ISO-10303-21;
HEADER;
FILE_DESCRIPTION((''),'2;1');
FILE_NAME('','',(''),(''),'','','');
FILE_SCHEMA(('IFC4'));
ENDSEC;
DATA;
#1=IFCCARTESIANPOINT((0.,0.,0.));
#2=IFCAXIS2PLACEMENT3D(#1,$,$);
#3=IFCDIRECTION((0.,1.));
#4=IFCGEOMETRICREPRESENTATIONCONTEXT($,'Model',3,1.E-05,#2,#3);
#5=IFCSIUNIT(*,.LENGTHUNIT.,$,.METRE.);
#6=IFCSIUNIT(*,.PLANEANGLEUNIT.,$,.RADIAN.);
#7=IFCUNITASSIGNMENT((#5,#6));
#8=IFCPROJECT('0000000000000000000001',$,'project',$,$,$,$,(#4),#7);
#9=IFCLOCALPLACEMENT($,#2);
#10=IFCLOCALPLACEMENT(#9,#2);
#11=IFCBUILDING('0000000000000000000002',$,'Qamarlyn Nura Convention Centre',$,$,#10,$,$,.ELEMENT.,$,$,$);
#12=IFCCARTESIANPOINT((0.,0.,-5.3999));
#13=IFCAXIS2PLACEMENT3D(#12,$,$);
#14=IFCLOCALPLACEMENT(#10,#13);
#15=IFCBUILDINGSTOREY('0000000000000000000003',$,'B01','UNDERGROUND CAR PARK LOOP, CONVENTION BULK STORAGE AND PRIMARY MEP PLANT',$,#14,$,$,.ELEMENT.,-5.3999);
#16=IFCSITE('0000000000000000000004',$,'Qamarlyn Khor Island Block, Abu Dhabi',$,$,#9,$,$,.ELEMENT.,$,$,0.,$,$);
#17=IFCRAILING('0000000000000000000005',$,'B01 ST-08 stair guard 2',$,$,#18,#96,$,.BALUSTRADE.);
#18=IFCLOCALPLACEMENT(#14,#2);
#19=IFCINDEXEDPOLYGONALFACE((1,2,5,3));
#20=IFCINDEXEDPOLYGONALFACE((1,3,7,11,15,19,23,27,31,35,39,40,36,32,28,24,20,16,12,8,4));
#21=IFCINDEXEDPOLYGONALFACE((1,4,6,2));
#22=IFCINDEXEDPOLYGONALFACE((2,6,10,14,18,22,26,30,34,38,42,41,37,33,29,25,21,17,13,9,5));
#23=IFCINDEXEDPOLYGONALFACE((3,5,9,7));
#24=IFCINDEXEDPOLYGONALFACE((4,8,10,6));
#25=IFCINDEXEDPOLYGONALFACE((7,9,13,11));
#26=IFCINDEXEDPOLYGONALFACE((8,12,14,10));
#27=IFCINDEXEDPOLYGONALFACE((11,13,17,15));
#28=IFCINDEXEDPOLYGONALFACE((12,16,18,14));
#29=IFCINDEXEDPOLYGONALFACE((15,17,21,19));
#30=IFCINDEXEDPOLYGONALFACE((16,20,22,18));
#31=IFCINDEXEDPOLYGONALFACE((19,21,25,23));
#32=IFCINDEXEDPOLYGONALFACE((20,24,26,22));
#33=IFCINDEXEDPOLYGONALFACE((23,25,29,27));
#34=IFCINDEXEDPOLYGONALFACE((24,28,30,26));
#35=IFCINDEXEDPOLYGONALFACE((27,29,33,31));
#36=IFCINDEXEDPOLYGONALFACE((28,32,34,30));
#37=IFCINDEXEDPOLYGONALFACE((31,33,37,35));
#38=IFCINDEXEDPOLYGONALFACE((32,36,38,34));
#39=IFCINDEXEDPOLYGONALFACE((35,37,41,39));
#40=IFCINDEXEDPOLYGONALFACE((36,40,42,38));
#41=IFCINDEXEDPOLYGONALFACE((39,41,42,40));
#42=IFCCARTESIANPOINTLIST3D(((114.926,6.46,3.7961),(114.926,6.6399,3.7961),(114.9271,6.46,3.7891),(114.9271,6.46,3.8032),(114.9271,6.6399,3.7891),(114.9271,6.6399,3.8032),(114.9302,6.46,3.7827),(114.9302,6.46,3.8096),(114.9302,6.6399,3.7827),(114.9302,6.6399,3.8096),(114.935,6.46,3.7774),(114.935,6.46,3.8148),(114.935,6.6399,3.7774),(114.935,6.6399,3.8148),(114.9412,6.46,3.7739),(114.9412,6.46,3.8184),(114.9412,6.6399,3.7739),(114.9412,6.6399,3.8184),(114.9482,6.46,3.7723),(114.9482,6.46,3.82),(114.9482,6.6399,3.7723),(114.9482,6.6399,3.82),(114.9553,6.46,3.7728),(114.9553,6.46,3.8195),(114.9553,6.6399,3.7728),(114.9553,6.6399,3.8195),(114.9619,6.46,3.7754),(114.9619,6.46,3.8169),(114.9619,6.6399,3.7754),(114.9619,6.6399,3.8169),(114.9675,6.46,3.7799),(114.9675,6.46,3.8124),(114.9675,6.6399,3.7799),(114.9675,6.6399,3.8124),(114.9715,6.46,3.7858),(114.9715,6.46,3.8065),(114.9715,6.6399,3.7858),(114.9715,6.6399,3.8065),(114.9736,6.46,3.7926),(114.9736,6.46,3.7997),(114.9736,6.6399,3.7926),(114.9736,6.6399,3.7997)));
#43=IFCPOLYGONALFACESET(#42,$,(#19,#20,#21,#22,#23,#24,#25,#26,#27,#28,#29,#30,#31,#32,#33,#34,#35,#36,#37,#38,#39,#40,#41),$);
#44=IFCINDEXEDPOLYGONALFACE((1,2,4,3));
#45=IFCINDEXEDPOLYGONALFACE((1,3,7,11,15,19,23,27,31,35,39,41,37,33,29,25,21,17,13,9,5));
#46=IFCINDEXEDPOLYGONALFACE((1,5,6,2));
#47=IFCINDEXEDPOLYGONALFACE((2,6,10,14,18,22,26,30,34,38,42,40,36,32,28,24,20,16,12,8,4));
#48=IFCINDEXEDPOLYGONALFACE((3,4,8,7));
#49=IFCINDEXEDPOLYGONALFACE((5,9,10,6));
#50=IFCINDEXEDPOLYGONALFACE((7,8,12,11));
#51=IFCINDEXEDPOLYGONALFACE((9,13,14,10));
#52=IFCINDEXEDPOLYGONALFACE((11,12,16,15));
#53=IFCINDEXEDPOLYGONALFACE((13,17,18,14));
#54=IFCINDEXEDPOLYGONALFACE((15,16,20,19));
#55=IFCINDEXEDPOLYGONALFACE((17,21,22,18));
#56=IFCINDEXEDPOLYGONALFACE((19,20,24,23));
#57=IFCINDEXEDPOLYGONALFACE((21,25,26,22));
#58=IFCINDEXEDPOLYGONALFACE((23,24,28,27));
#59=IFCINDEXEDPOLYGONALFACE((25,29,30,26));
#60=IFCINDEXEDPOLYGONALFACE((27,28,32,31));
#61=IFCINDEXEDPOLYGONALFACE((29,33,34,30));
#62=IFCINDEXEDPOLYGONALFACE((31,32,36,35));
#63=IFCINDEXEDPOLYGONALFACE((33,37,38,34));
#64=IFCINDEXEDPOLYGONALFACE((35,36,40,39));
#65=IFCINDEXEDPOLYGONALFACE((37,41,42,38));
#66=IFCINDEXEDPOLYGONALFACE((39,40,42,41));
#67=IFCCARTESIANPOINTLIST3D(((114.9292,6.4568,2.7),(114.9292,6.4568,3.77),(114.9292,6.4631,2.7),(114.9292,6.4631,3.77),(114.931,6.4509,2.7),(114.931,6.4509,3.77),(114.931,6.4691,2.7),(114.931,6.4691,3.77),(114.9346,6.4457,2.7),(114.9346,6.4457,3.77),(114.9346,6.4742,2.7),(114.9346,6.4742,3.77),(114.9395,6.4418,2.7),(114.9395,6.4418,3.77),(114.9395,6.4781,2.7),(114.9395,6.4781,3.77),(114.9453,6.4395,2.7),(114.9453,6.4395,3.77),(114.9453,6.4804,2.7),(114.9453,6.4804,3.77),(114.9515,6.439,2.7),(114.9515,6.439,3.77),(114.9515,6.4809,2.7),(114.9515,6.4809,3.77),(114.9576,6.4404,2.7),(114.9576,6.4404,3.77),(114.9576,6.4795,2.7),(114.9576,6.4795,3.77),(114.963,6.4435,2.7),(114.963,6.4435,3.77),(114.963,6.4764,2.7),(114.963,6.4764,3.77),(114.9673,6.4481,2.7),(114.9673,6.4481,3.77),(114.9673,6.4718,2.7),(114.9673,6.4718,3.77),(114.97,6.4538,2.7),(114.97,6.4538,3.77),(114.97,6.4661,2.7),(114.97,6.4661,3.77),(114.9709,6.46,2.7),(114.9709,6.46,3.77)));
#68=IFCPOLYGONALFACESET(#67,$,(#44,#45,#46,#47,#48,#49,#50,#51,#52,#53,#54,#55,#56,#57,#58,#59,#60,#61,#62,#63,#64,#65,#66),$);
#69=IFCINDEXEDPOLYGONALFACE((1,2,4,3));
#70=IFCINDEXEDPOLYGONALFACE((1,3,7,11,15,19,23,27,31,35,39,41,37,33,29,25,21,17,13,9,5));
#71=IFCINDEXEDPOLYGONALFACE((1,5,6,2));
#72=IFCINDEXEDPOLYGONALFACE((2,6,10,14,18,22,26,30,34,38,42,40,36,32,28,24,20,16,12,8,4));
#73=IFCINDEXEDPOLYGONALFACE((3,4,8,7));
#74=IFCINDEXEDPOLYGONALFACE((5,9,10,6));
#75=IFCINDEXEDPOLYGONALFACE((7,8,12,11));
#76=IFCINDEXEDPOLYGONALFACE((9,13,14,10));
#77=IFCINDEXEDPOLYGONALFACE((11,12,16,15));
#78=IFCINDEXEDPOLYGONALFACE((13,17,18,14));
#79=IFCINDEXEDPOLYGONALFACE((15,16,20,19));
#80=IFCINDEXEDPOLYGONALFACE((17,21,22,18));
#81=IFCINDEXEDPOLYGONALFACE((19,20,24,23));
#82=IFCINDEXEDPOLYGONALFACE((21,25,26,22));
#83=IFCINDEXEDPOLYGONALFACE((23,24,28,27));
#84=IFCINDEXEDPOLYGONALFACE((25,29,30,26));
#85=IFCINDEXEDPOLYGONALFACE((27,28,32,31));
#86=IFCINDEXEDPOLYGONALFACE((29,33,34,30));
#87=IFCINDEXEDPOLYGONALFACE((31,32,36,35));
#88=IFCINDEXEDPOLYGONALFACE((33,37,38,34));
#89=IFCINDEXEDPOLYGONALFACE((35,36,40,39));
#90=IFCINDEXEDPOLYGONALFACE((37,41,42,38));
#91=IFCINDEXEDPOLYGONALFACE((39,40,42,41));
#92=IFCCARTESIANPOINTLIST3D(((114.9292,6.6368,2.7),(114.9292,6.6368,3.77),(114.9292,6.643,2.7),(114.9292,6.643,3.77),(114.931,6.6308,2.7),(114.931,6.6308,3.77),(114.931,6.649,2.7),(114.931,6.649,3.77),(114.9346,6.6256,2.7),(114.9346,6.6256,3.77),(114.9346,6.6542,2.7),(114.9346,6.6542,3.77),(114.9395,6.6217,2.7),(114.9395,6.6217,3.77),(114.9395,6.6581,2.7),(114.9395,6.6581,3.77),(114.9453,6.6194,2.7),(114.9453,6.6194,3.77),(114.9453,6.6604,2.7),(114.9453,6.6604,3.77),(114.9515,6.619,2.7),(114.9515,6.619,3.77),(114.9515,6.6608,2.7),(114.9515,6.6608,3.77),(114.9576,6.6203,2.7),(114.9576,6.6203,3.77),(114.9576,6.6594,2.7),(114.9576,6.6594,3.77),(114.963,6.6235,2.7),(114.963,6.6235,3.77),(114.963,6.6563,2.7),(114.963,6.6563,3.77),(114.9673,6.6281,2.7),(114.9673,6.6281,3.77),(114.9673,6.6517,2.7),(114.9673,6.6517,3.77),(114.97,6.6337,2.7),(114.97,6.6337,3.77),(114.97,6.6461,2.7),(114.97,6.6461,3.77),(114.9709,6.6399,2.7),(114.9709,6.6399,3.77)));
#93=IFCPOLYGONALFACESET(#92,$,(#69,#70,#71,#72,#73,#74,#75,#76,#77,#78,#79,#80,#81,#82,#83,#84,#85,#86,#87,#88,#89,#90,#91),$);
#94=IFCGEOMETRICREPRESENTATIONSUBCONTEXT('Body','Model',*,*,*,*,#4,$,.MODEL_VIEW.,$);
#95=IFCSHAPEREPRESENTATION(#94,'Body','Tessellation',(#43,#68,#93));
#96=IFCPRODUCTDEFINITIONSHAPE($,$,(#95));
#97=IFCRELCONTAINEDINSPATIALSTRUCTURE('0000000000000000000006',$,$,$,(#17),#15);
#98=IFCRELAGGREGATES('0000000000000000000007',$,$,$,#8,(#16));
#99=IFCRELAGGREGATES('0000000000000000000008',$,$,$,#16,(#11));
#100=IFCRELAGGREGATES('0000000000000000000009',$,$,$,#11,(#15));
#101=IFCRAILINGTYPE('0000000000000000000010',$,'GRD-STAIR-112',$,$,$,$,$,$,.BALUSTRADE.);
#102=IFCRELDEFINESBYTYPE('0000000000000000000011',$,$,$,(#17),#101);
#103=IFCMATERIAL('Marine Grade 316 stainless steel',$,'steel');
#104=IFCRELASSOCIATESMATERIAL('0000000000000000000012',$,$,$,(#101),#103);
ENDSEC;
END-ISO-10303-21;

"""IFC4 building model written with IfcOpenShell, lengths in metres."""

from ifc_helpers import new_model, si_unit, direction, frame, origin, origin_2d, place, context, subcontext, project, spatial, circle, extrude, material, type_object, element, save


model = new_model("IFC4")

# Units and contexts
model_context = context("Model", 3, precision=1e-05, world=origin(), true_north=direction((0.0, 1.0)))
body_context = subcontext(model_context, "Body", "Model", "MODEL_VIEW")
ifc_project = project(units=[si_unit("LENGTHUNIT", "METRE"), si_unit("PLANEANGLEUNIT", "RADIAN")], contexts=[model_context])

# Site, building, storey
site_placement = place(None, origin())
site = spatial("IfcSite", under=ifc_project, at=site_placement, Name="Qamarlyn Khor Island Block, Abu Dhabi", CompositionType="ELEMENT", RefElevation=0.0)
building_placement = place(site_placement, origin())
building = spatial("IfcBuilding", under=site, at=building_placement, Name="Qamarlyn Nura Convention Centre", CompositionType="ELEMENT")
storey_placement = place(building_placement, frame((0.0, 0.0, -5.3999)))
storey = spatial("IfcBuildingStorey", under=building, at=storey_placement, Name="B01", Description="UNDERGROUND CAR PARK LOOP, CONVENTION BULK STORAGE AND PRIMARY MEP PLANT", CompositionType="ELEMENT", Elevation=-5.3999)

# Railing
ifc_material_1 = material(Name="Marine Grade 316 stainless steel", Category="steel")
railing_type_1 = type_object("IfcRailingType", Name="GRD-STAIR-112", PredefinedType="BALUSTRADE", material=ifc_material_1)
railing_1_placement = place(storey_placement, frame((114.95, 6.46, 2.7)))
element("IfcRailing", 1, at=railing_1_placement, inside=storey, type_object=railing_type_1, Name="B01 ST-08 stair guard 2", PredefinedType="BALUSTRADE", context=body_context, shape_type="SweptSolid", body=[
    extrude(circle(Radius=0.0239, at=origin_2d()), frame((0.0, 0.0, 1.0962), z_axis=(0.0, 1.0, 0.0), x_axis=(-1.0, 0.0, 0.0)), (0.0, 0.0, 1.0), 0.1799),
    extrude(circle(Radius=0.021, at=origin_2d()), origin(), (0.0, 0.0, 1.0), 1.0701),
    extrude(circle(Radius=0.021, at=origin_2d()), frame((0.0, 0.1799, 0.0)), (0.0, 0.0, 1.0), 1.0701),
])

save(model, "model.ifc")
